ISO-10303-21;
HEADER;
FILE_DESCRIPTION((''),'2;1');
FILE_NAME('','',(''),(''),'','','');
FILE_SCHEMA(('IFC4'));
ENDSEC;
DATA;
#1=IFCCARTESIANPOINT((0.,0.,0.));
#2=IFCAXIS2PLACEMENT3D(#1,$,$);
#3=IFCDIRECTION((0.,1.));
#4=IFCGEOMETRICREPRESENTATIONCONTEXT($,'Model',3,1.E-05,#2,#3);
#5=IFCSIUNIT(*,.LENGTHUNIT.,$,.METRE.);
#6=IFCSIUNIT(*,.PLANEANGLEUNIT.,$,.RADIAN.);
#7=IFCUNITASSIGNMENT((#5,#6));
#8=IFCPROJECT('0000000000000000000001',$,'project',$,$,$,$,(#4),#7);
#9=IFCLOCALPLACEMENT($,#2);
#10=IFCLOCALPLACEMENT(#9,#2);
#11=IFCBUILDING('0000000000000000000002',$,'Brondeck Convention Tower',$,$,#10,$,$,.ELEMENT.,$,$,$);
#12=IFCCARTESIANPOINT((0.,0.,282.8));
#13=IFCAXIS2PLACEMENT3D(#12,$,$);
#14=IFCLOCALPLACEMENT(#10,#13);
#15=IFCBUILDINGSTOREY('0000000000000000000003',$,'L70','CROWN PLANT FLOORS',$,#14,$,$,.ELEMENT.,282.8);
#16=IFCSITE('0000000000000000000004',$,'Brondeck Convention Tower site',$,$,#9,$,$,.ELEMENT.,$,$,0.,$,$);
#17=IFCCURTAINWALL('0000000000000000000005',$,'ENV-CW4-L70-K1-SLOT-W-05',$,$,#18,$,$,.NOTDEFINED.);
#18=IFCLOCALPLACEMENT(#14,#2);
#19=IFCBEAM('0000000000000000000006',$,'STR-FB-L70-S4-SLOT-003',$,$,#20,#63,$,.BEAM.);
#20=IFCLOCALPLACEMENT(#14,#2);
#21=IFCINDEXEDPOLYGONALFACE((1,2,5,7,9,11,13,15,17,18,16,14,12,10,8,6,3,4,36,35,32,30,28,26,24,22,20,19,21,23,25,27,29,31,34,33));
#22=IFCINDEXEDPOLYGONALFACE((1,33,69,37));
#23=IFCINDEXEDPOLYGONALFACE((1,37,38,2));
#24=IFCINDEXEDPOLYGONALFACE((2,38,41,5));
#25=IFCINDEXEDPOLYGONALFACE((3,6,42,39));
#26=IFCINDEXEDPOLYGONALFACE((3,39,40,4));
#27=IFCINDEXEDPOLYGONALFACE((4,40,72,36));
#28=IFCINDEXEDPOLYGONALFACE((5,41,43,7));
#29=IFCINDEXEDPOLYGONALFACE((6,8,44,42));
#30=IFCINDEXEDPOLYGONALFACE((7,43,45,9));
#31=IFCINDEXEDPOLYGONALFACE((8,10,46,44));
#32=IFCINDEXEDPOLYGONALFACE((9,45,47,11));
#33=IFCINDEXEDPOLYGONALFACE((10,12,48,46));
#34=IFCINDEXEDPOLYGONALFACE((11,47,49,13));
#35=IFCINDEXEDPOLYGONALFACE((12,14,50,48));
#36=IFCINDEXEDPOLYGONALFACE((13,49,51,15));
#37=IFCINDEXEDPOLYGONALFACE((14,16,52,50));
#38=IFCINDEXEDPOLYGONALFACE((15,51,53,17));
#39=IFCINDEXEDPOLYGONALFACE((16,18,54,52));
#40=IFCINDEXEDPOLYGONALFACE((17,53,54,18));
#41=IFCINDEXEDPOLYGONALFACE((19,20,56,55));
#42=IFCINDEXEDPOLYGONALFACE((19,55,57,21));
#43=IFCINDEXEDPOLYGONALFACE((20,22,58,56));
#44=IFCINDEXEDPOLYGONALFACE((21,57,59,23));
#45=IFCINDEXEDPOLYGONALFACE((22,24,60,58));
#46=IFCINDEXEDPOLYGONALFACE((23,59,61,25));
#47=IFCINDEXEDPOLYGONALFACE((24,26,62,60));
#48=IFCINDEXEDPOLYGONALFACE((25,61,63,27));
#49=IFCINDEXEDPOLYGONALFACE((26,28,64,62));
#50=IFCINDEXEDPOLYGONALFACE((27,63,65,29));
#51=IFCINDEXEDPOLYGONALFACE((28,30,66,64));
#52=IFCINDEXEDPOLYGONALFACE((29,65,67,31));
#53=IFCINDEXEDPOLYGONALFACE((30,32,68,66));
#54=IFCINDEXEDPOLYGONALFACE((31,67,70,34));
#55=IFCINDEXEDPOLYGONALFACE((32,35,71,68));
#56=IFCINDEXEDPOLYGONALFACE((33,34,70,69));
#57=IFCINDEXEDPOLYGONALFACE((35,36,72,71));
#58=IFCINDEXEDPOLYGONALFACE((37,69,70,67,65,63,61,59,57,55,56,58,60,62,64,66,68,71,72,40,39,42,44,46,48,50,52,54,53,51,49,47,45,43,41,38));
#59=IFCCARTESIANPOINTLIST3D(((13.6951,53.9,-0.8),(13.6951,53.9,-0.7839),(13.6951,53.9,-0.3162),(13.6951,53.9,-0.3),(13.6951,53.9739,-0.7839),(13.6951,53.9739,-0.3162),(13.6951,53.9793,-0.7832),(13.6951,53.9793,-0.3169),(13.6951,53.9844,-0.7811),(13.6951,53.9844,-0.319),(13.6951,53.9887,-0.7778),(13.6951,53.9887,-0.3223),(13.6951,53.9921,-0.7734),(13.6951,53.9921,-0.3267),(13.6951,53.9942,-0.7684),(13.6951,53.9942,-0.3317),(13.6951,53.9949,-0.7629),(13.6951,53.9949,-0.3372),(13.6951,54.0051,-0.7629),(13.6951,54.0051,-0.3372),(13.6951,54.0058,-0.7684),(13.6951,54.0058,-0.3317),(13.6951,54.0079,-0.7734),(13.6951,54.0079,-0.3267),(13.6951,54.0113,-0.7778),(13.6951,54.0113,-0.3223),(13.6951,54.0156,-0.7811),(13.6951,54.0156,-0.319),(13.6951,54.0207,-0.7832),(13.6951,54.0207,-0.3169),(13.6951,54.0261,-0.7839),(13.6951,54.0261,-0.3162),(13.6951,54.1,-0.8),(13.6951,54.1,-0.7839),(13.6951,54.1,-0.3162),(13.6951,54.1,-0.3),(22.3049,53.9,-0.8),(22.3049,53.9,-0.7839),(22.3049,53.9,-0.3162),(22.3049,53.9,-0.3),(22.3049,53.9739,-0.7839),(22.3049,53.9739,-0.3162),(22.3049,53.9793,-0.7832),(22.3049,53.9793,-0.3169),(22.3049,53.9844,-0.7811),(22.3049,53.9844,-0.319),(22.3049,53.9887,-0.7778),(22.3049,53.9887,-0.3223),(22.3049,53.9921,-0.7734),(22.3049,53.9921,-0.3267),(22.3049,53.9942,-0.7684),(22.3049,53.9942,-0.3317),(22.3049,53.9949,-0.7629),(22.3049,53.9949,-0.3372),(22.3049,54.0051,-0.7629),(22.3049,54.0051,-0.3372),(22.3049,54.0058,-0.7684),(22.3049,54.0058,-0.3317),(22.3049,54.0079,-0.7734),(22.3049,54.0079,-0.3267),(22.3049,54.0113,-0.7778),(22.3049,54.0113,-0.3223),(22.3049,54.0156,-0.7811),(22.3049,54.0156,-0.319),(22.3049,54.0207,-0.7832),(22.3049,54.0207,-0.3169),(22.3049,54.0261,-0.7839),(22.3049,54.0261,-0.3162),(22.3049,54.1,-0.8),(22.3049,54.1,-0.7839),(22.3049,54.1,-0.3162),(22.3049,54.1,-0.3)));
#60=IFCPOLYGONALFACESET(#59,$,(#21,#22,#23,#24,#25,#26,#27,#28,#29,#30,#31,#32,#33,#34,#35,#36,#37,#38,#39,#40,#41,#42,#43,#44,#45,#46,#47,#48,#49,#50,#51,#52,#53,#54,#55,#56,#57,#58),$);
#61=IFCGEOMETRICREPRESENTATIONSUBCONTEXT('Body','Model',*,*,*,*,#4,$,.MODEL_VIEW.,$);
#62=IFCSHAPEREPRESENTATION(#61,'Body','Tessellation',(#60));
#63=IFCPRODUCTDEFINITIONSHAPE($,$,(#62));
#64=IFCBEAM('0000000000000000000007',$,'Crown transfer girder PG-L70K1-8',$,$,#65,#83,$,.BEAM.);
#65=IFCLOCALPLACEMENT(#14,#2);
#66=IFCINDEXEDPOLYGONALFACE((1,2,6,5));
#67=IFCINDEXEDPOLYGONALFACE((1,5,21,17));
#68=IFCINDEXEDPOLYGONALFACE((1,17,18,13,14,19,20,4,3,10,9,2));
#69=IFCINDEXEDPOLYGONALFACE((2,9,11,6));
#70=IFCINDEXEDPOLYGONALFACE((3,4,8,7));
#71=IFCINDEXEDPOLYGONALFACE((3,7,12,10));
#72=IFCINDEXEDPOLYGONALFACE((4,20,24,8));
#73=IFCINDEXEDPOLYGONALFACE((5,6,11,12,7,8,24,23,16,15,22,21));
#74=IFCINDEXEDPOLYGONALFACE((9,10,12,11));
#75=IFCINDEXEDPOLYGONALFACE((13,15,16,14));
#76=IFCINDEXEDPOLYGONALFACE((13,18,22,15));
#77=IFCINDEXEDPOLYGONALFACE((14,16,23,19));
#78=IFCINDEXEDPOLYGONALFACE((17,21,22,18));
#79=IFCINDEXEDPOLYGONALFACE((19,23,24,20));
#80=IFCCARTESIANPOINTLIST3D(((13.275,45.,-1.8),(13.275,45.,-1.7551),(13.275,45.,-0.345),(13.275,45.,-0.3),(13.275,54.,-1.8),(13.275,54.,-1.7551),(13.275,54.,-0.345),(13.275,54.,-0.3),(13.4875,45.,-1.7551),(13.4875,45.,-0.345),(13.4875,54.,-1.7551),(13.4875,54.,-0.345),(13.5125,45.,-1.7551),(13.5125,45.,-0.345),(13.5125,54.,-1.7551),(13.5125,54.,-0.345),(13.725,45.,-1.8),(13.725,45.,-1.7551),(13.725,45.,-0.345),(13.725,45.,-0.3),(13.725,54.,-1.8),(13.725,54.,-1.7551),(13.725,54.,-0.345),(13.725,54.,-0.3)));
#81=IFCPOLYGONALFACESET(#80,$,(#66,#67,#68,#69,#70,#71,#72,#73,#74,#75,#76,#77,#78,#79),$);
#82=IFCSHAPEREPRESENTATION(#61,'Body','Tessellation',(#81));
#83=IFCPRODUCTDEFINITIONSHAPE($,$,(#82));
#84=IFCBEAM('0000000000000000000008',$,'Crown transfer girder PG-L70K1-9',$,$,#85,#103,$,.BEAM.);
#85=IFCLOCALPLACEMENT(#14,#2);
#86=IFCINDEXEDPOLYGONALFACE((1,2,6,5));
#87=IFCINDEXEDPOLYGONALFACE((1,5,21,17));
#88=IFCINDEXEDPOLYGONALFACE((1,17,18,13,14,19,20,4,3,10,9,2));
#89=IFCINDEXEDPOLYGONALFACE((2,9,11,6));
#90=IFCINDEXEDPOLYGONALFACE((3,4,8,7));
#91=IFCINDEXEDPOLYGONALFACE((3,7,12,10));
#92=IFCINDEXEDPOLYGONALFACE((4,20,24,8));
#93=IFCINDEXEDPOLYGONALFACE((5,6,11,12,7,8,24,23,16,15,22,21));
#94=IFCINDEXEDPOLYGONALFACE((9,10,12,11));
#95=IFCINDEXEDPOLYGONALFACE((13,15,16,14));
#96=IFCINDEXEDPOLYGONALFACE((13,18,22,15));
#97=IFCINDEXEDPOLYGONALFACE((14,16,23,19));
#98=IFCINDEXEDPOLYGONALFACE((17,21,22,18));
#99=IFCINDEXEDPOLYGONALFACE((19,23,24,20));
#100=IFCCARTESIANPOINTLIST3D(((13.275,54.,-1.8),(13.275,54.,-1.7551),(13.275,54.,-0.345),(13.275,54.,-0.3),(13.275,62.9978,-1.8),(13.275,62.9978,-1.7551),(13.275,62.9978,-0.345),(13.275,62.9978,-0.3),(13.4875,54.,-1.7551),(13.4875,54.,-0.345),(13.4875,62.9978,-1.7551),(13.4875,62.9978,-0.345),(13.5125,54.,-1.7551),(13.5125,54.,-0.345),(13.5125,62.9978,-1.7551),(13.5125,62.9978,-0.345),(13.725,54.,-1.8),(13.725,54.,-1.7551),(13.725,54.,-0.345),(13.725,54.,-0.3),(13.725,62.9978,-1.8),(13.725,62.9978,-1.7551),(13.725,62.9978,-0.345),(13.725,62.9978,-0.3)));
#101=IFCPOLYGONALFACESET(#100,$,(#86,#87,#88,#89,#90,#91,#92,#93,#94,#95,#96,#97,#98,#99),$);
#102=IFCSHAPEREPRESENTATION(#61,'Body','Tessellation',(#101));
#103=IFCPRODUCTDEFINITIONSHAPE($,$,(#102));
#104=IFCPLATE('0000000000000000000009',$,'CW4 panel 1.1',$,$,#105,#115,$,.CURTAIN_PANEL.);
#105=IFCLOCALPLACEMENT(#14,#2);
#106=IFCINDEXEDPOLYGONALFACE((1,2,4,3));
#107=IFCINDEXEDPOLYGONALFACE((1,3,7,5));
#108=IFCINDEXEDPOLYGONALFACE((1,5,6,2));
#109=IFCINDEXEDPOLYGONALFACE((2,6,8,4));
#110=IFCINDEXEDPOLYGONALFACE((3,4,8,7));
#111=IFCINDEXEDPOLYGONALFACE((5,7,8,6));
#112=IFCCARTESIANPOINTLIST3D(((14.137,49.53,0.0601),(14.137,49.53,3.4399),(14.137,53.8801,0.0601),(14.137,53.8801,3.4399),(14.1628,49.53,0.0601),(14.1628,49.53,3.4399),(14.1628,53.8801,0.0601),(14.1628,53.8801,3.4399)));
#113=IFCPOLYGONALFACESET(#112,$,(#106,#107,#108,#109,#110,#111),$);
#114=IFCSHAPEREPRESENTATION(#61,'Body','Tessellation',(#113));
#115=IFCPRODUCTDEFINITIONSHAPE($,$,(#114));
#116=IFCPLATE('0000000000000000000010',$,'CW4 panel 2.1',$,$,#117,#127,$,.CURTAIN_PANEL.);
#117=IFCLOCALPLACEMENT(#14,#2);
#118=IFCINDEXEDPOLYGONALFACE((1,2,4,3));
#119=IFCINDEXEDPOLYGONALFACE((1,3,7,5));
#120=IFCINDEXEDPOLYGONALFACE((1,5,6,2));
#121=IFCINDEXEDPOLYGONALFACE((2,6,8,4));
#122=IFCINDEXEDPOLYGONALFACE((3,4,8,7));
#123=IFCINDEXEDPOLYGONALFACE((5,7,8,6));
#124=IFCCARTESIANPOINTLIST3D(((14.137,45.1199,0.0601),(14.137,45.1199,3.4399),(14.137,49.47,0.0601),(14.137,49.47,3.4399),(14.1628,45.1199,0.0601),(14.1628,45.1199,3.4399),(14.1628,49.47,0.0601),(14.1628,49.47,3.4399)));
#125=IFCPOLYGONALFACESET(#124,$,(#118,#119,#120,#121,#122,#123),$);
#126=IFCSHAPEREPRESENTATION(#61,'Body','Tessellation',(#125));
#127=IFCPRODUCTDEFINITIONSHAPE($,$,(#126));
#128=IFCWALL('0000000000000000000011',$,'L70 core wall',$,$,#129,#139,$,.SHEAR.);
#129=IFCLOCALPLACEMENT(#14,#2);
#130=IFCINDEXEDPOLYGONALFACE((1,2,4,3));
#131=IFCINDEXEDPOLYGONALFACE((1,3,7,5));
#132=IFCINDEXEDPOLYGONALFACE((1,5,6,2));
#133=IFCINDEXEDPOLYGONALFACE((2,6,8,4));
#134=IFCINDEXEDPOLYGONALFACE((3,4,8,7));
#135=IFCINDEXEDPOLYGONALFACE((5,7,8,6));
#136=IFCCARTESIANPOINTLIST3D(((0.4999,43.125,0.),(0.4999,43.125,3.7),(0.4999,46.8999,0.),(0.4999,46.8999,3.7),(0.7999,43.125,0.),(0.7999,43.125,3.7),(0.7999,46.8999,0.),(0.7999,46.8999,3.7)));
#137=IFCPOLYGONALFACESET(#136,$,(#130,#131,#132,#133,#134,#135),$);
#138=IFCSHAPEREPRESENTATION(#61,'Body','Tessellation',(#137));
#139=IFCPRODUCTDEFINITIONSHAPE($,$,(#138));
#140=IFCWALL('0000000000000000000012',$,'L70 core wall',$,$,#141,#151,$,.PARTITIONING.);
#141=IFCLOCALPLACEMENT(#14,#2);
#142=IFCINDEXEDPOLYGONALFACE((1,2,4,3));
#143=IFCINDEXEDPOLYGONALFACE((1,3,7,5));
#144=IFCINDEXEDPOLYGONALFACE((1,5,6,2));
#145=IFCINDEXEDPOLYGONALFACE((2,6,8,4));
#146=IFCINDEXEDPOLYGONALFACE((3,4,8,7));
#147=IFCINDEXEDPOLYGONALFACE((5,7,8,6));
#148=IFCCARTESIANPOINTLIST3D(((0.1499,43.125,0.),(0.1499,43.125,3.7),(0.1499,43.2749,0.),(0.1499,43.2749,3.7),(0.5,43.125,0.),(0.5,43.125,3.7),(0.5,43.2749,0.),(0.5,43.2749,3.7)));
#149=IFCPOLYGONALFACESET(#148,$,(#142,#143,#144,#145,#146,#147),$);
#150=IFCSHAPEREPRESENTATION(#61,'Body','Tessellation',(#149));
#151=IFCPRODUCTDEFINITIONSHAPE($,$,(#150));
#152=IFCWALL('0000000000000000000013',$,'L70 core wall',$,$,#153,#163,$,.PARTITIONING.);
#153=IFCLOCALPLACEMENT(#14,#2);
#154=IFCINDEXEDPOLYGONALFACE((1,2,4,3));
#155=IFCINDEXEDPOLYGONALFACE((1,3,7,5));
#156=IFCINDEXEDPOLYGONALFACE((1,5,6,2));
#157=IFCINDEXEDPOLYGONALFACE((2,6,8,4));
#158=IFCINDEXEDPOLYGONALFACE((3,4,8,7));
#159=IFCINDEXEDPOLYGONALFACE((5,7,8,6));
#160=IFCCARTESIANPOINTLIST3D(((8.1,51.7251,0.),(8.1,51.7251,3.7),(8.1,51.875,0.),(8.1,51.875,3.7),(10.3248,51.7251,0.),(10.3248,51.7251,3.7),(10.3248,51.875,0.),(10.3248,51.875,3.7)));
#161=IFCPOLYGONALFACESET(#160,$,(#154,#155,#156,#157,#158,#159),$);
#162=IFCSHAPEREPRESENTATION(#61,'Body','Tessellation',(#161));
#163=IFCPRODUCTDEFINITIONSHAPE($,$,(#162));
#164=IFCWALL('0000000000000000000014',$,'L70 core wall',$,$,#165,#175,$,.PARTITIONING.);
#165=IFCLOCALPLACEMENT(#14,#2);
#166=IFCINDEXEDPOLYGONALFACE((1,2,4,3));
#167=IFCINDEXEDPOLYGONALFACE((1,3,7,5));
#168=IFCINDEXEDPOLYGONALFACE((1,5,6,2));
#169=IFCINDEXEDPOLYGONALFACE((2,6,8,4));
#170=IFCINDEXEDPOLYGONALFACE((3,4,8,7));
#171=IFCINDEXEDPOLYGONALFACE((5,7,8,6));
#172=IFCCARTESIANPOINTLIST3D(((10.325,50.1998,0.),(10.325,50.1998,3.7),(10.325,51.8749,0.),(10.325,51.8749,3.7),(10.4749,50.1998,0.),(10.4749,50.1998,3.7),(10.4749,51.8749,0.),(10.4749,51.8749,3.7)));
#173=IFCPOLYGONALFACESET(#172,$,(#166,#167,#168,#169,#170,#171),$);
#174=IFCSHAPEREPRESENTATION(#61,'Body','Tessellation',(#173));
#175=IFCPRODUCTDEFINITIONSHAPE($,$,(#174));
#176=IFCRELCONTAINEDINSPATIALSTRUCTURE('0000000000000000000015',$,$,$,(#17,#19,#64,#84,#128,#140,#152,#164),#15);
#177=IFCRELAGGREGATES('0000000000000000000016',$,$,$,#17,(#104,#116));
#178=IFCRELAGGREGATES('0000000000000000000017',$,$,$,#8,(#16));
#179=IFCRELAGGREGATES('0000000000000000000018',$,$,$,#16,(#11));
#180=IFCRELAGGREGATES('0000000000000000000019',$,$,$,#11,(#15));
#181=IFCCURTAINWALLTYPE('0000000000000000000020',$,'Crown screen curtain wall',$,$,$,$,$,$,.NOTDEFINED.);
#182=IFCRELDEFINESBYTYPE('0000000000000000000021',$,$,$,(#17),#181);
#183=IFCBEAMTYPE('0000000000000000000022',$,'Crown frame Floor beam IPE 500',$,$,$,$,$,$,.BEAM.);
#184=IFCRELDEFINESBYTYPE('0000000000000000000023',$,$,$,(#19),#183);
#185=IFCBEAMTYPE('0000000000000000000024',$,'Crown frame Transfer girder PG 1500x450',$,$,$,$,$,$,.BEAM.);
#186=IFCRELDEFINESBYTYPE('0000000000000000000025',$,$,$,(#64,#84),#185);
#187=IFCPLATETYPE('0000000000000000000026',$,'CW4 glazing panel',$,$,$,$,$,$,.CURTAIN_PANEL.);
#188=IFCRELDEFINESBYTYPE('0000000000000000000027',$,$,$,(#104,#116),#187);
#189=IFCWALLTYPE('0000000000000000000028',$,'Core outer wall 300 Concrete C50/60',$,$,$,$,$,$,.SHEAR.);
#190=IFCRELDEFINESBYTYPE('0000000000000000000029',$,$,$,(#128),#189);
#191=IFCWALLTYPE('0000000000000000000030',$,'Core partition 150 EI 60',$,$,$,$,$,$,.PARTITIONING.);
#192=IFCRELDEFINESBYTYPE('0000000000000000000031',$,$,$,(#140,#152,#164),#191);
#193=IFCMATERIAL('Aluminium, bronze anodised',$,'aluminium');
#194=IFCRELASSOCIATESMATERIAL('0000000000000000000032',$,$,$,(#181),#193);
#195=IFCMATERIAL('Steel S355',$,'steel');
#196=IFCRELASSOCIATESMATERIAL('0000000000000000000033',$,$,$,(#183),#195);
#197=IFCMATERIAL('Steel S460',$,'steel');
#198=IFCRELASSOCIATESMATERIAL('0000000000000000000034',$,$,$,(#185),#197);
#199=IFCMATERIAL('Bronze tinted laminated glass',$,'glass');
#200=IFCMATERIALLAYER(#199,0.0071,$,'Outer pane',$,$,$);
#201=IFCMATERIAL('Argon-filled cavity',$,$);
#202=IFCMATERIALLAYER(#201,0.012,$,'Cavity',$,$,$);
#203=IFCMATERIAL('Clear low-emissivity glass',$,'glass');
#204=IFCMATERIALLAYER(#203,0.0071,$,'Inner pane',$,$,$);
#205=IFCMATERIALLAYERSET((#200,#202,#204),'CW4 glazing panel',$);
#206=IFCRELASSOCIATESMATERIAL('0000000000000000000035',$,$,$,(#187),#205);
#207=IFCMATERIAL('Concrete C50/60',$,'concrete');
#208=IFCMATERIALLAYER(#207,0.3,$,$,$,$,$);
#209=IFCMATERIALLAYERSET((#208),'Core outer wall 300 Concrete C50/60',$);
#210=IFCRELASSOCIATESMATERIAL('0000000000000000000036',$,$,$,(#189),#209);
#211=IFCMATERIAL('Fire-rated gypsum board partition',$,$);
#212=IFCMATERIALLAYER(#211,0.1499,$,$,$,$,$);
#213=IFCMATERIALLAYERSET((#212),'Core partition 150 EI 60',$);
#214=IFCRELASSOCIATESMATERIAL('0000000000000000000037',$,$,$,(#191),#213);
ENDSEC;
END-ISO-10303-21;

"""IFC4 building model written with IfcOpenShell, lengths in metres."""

from ifc_helpers import new_model, si_unit, direction, frame, frame_2d, origin, origin_2d, place, context, subcontext, project, spatial, rectangle, i_section, extrude, material, layer, layer_set, material_profile, profile_set, type_object, element, aggregate, save


model = new_model("IFC4")

# Units and contexts
model_context = context("Model", 3, precision=1e-05, world=origin(), true_north=direction((0.0, 1.0)))
body_context = subcontext(model_context, "Body", "Model", "MODEL_VIEW")
ifc_project = project(units=[si_unit("LENGTHUNIT", "METRE"), si_unit("PLANEANGLEUNIT", "RADIAN")], contexts=[model_context])

# Site, building, storey
site_placement = place(None, origin())
site = spatial("IfcSite", under=ifc_project, at=site_placement, Name="Brondeck Convention Tower site", CompositionType="ELEMENT", RefElevation=0.0)
building_placement = place(site_placement, origin())
building = spatial("IfcBuilding", under=site, at=building_placement, Name="Brondeck Convention Tower", CompositionType="ELEMENT")
storey_placement = place(building_placement, frame((0.0, 0.0, 282.8)))
storey = spatial("IfcBuildingStorey", under=building, at=storey_placement, Name="L70", Description="CROWN PLANT FLOORS", CompositionType="ELEMENT", Elevation=282.8)

# Shared definitions
ifc_material_1 = material(Name="Concrete C50/60", Category="concrete")

# Curtain wall
ifc_material_2 = material(Name="Aluminium, bronze anodised", Category="aluminium")
curtain_wall_type = type_object("IfcCurtainWallType", Name="Crown screen curtain wall", PredefinedType="NOTDEFINED", material=ifc_material_2)
curtain_wall_1_placement = place(storey_placement, origin())
curtain_wall_1 = element("IfcCurtainWall", 1, at=curtain_wall_1_placement, inside=storey, type_object=curtain_wall_type, Name="ENV-CW4-L70-K1-SLOT-W-05", PredefinedType="NOTDEFINED")

# Beams
ifc_material_3 = material(Name="Steel S355", Category="steel")
ifc_material_profile_1 = material_profile(ifc_material_3, i_section(OverallWidth=0.2, OverallDepth=0.5, WebThickness=0.0103, FlangeThickness=0.0161, FilletRadius=0.021, at=origin_2d()), Name="IPE 500")
ifc_profile_set_1 = profile_set([ifc_material_profile_1], Name="Steel S355")
beam_type_1 = type_object("IfcBeamType", Name="Crown frame Floor beam IPE 500", PredefinedType="BEAM", material=ifc_profile_set_1)
for number, where, z_axis, x_axis, name in (
    (2, (13.6951, 54.0, -0.55), (1.0, 0.0, 0.0), (0.0, 1.0, 0.0), "STR-FB-L70-S4-SLOT-003"),
):
    element("IfcBeam", number, at=place(storey_placement, frame(where, z_axis=z_axis, x_axis=x_axis)), inside=storey, type_object=beam_type_1, Name=name, PredefinedType="BEAM", context=body_context, shape_type="SweptSolid", body=[
        extrude(i_section(OverallWidth=0.2, OverallDepth=0.5, WebThickness=0.0103, FlangeThickness=0.0161, FilletRadius=0.021, at=origin_2d()), origin(), (0.0, 0.0, 1.0), 8.6099),
    ])
ifc_material_4 = material(Name="Steel S460", Category="steel")
ifc_material_profile_2 = material_profile(ifc_material_4, i_section(OverallWidth=0.45, OverallDepth=1.5, WebThickness=0.0249, FlangeThickness=0.0449, at=origin_2d()), Name="PG 1500x450")
ifc_profile_set_2 = profile_set([ifc_material_profile_2], Name="Steel S460")
beam_type_2 = type_object("IfcBeamType", Name="Crown frame Transfer girder PG 1500x450", PredefinedType="BEAM", material=ifc_profile_set_2)
beam_1_placement = place(storey_placement, frame((13.5, 45.0, -1.05), z_axis=(0.0, 1.0, 0.0), x_axis=(-1.0, 0.0, 0.0)))
element("IfcBeam", 3, at=beam_1_placement, inside=storey, type_object=beam_type_2, Name="Crown transfer girder PG-L70K1-8", PredefinedType="BEAM", context=body_context, shape_type="SweptSolid", body=[
    extrude(i_section(OverallWidth=0.45, OverallDepth=1.5, WebThickness=0.0249, FlangeThickness=0.0449, at=origin_2d()), origin(), (0.0, 0.0, 1.0), 9.0),
])
beam_2_placement = place(storey_placement, frame((13.5, 54.0, -1.05), z_axis=(0.0, 1.0, 0.0), x_axis=(-1.0, 0.0, 0.0)))
element("IfcBeam", 4, at=beam_2_placement, inside=storey, type_object=beam_type_2, Name="Crown transfer girder PG-L70K1-9", PredefinedType="BEAM", context=body_context, shape_type="SweptSolid", body=[
    extrude(i_section(OverallWidth=0.45, OverallDepth=1.5, WebThickness=0.0249, FlangeThickness=0.0449, at=origin_2d()), origin(), (0.0, 0.0, 1.0), 8.9978),
])

# Plates
ifc_material_5 = material(Name="Bronze tinted laminated glass", Category="glass")
ifc_layer_1 = layer(ifc_material_5, 0.0071, Name="Outer pane")
ifc_material_6 = material(Name="Argon-filled cavity")
ifc_layer_2 = layer(ifc_material_6, 0.012, Name="Cavity")
ifc_material_7 = material(Name="Clear low-emissivity glass", Category="glass")
ifc_layer_3 = layer(ifc_material_7, 0.0071, Name="Inner pane")
ifc_layer_set_1 = layer_set([ifc_layer_1, ifc_layer_2, ifc_layer_3], Name="CW4 glazing panel")
plate_type = type_object("IfcPlateType", Name="CW4 glazing panel", PredefinedType="CURTAIN_PANEL", material=ifc_layer_set_1)
plate_1_placement = place(storey_placement, frame((14.1499, 51.7051, 0.0601), z_axis=(0.0, 0.0, 1.0), x_axis=(0.0, -1.0, 0.0)))
plate_1 = element("IfcPlate", 5, at=plate_1_placement, type_object=plate_type, Name="CW4 panel 1.1", PredefinedType="CURTAIN_PANEL", context=body_context, shape_type="SweptSolid", body=[
    extrude(rectangle(XDim=4.3501, YDim=0.0259, at=origin_2d()), origin(), (0.0, 0.0, 1.0), 3.3799),
])
plate_2_placement = place(storey_placement, frame((14.1499, 47.2949, 0.0601), z_axis=(0.0, 0.0, 1.0), x_axis=(0.0, -1.0, 0.0)))
plate_2 = element("IfcPlate", 6, at=plate_2_placement, type_object=plate_type, Name="CW4 panel 2.1", PredefinedType="CURTAIN_PANEL", context=body_context, shape_type="SweptSolid", body=[
    extrude(rectangle(XDim=4.3501, YDim=0.0259, at=origin_2d()), origin(), (0.0, 0.0, 1.0), 3.3799),
])
aggregate(curtain_wall_1, [plate_1, plate_2])

# Walls
ifc_layer_4 = layer(ifc_material_1, 0.3)
ifc_layer_set_2 = layer_set([ifc_layer_4], Name="Core outer wall 300 Concrete C50/60")
wall_type_1 = type_object("IfcWallType", Name="Core outer wall 300 Concrete C50/60", PredefinedType="SHEAR", material=ifc_layer_set_2)
wall_1_placement = place(storey_placement, frame((0.6499, 43.125, 0.0), z_axis=(0.0, 0.0, 1.0), x_axis=(0.0, 1.0, 0.0)))
element("IfcWall", 7, at=wall_1_placement, inside=storey, type_object=wall_type_1, Name="L70 core wall", PredefinedType="SHEAR", context=body_context, shape_type="SweptSolid", body=[
    extrude(rectangle(XDim=3.7749, YDim=0.3, at=frame_2d((1.8875, 0.0))), origin(), (0.0, 0.0, 1.0), 3.7),
])
ifc_material_8 = material(Name="Fire-rated gypsum board partition")
ifc_layer_5 = layer(ifc_material_8, 0.1499)
ifc_layer_set_3 = layer_set([ifc_layer_5], Name="Core partition 150 EI 60")
wall_type_2 = type_object("IfcWallType", Name="Core partition 150 EI 60", PredefinedType="PARTITIONING", material=ifc_layer_set_3)
wall_2_placement = place(storey_placement, frame((0.1499, 43.2, 0.0), z_axis=(0.0, 0.0, 1.0), x_axis=(1.0, 0.0, 0.0)))
element("IfcWall", 8, at=wall_2_placement, inside=storey, type_object=wall_type_2, Name="L70 core wall", PredefinedType="PARTITIONING", context=body_context, shape_type="SweptSolid", body=[
    extrude(rectangle(XDim=0.3501, YDim=0.1499, at=frame_2d((0.175, 0.0))), origin(), (0.0, 0.0, 1.0), 3.7),
])
wall_3_placement = place(storey_placement, frame((8.1001, 51.8, 0.0), z_axis=(0.0, 0.0, 1.0), x_axis=(1.0, 0.0, 0.0)))
element("IfcWall", 9, at=wall_3_placement, inside=storey, type_object=wall_type_2, Name="L70 core wall", PredefinedType="PARTITIONING", context=body_context, shape_type="SweptSolid", body=[
    extrude(rectangle(XDim=2.2249, YDim=0.1499, at=frame_2d((1.1123, 0.0))), origin(), (0.0, 0.0, 1.0), 3.7),
])
wall_4_placement = place(storey_placement, frame((10.3999, 50.2, 0.0), z_axis=(0.0, 0.0, 1.0), x_axis=(0.0, 1.0, 0.0)))
element("IfcWall", 10, at=wall_4_placement, inside=storey, type_object=wall_type_2, Name="L70 core wall", PredefinedType="PARTITIONING", context=body_context, shape_type="SweptSolid", body=[
    extrude(rectangle(XDim=1.675, YDim=0.1499, at=frame_2d((0.8374, 0.0))), origin(), (0.0, 0.0, 1.0), 3.7),
])

save(model, "model.ifc")
